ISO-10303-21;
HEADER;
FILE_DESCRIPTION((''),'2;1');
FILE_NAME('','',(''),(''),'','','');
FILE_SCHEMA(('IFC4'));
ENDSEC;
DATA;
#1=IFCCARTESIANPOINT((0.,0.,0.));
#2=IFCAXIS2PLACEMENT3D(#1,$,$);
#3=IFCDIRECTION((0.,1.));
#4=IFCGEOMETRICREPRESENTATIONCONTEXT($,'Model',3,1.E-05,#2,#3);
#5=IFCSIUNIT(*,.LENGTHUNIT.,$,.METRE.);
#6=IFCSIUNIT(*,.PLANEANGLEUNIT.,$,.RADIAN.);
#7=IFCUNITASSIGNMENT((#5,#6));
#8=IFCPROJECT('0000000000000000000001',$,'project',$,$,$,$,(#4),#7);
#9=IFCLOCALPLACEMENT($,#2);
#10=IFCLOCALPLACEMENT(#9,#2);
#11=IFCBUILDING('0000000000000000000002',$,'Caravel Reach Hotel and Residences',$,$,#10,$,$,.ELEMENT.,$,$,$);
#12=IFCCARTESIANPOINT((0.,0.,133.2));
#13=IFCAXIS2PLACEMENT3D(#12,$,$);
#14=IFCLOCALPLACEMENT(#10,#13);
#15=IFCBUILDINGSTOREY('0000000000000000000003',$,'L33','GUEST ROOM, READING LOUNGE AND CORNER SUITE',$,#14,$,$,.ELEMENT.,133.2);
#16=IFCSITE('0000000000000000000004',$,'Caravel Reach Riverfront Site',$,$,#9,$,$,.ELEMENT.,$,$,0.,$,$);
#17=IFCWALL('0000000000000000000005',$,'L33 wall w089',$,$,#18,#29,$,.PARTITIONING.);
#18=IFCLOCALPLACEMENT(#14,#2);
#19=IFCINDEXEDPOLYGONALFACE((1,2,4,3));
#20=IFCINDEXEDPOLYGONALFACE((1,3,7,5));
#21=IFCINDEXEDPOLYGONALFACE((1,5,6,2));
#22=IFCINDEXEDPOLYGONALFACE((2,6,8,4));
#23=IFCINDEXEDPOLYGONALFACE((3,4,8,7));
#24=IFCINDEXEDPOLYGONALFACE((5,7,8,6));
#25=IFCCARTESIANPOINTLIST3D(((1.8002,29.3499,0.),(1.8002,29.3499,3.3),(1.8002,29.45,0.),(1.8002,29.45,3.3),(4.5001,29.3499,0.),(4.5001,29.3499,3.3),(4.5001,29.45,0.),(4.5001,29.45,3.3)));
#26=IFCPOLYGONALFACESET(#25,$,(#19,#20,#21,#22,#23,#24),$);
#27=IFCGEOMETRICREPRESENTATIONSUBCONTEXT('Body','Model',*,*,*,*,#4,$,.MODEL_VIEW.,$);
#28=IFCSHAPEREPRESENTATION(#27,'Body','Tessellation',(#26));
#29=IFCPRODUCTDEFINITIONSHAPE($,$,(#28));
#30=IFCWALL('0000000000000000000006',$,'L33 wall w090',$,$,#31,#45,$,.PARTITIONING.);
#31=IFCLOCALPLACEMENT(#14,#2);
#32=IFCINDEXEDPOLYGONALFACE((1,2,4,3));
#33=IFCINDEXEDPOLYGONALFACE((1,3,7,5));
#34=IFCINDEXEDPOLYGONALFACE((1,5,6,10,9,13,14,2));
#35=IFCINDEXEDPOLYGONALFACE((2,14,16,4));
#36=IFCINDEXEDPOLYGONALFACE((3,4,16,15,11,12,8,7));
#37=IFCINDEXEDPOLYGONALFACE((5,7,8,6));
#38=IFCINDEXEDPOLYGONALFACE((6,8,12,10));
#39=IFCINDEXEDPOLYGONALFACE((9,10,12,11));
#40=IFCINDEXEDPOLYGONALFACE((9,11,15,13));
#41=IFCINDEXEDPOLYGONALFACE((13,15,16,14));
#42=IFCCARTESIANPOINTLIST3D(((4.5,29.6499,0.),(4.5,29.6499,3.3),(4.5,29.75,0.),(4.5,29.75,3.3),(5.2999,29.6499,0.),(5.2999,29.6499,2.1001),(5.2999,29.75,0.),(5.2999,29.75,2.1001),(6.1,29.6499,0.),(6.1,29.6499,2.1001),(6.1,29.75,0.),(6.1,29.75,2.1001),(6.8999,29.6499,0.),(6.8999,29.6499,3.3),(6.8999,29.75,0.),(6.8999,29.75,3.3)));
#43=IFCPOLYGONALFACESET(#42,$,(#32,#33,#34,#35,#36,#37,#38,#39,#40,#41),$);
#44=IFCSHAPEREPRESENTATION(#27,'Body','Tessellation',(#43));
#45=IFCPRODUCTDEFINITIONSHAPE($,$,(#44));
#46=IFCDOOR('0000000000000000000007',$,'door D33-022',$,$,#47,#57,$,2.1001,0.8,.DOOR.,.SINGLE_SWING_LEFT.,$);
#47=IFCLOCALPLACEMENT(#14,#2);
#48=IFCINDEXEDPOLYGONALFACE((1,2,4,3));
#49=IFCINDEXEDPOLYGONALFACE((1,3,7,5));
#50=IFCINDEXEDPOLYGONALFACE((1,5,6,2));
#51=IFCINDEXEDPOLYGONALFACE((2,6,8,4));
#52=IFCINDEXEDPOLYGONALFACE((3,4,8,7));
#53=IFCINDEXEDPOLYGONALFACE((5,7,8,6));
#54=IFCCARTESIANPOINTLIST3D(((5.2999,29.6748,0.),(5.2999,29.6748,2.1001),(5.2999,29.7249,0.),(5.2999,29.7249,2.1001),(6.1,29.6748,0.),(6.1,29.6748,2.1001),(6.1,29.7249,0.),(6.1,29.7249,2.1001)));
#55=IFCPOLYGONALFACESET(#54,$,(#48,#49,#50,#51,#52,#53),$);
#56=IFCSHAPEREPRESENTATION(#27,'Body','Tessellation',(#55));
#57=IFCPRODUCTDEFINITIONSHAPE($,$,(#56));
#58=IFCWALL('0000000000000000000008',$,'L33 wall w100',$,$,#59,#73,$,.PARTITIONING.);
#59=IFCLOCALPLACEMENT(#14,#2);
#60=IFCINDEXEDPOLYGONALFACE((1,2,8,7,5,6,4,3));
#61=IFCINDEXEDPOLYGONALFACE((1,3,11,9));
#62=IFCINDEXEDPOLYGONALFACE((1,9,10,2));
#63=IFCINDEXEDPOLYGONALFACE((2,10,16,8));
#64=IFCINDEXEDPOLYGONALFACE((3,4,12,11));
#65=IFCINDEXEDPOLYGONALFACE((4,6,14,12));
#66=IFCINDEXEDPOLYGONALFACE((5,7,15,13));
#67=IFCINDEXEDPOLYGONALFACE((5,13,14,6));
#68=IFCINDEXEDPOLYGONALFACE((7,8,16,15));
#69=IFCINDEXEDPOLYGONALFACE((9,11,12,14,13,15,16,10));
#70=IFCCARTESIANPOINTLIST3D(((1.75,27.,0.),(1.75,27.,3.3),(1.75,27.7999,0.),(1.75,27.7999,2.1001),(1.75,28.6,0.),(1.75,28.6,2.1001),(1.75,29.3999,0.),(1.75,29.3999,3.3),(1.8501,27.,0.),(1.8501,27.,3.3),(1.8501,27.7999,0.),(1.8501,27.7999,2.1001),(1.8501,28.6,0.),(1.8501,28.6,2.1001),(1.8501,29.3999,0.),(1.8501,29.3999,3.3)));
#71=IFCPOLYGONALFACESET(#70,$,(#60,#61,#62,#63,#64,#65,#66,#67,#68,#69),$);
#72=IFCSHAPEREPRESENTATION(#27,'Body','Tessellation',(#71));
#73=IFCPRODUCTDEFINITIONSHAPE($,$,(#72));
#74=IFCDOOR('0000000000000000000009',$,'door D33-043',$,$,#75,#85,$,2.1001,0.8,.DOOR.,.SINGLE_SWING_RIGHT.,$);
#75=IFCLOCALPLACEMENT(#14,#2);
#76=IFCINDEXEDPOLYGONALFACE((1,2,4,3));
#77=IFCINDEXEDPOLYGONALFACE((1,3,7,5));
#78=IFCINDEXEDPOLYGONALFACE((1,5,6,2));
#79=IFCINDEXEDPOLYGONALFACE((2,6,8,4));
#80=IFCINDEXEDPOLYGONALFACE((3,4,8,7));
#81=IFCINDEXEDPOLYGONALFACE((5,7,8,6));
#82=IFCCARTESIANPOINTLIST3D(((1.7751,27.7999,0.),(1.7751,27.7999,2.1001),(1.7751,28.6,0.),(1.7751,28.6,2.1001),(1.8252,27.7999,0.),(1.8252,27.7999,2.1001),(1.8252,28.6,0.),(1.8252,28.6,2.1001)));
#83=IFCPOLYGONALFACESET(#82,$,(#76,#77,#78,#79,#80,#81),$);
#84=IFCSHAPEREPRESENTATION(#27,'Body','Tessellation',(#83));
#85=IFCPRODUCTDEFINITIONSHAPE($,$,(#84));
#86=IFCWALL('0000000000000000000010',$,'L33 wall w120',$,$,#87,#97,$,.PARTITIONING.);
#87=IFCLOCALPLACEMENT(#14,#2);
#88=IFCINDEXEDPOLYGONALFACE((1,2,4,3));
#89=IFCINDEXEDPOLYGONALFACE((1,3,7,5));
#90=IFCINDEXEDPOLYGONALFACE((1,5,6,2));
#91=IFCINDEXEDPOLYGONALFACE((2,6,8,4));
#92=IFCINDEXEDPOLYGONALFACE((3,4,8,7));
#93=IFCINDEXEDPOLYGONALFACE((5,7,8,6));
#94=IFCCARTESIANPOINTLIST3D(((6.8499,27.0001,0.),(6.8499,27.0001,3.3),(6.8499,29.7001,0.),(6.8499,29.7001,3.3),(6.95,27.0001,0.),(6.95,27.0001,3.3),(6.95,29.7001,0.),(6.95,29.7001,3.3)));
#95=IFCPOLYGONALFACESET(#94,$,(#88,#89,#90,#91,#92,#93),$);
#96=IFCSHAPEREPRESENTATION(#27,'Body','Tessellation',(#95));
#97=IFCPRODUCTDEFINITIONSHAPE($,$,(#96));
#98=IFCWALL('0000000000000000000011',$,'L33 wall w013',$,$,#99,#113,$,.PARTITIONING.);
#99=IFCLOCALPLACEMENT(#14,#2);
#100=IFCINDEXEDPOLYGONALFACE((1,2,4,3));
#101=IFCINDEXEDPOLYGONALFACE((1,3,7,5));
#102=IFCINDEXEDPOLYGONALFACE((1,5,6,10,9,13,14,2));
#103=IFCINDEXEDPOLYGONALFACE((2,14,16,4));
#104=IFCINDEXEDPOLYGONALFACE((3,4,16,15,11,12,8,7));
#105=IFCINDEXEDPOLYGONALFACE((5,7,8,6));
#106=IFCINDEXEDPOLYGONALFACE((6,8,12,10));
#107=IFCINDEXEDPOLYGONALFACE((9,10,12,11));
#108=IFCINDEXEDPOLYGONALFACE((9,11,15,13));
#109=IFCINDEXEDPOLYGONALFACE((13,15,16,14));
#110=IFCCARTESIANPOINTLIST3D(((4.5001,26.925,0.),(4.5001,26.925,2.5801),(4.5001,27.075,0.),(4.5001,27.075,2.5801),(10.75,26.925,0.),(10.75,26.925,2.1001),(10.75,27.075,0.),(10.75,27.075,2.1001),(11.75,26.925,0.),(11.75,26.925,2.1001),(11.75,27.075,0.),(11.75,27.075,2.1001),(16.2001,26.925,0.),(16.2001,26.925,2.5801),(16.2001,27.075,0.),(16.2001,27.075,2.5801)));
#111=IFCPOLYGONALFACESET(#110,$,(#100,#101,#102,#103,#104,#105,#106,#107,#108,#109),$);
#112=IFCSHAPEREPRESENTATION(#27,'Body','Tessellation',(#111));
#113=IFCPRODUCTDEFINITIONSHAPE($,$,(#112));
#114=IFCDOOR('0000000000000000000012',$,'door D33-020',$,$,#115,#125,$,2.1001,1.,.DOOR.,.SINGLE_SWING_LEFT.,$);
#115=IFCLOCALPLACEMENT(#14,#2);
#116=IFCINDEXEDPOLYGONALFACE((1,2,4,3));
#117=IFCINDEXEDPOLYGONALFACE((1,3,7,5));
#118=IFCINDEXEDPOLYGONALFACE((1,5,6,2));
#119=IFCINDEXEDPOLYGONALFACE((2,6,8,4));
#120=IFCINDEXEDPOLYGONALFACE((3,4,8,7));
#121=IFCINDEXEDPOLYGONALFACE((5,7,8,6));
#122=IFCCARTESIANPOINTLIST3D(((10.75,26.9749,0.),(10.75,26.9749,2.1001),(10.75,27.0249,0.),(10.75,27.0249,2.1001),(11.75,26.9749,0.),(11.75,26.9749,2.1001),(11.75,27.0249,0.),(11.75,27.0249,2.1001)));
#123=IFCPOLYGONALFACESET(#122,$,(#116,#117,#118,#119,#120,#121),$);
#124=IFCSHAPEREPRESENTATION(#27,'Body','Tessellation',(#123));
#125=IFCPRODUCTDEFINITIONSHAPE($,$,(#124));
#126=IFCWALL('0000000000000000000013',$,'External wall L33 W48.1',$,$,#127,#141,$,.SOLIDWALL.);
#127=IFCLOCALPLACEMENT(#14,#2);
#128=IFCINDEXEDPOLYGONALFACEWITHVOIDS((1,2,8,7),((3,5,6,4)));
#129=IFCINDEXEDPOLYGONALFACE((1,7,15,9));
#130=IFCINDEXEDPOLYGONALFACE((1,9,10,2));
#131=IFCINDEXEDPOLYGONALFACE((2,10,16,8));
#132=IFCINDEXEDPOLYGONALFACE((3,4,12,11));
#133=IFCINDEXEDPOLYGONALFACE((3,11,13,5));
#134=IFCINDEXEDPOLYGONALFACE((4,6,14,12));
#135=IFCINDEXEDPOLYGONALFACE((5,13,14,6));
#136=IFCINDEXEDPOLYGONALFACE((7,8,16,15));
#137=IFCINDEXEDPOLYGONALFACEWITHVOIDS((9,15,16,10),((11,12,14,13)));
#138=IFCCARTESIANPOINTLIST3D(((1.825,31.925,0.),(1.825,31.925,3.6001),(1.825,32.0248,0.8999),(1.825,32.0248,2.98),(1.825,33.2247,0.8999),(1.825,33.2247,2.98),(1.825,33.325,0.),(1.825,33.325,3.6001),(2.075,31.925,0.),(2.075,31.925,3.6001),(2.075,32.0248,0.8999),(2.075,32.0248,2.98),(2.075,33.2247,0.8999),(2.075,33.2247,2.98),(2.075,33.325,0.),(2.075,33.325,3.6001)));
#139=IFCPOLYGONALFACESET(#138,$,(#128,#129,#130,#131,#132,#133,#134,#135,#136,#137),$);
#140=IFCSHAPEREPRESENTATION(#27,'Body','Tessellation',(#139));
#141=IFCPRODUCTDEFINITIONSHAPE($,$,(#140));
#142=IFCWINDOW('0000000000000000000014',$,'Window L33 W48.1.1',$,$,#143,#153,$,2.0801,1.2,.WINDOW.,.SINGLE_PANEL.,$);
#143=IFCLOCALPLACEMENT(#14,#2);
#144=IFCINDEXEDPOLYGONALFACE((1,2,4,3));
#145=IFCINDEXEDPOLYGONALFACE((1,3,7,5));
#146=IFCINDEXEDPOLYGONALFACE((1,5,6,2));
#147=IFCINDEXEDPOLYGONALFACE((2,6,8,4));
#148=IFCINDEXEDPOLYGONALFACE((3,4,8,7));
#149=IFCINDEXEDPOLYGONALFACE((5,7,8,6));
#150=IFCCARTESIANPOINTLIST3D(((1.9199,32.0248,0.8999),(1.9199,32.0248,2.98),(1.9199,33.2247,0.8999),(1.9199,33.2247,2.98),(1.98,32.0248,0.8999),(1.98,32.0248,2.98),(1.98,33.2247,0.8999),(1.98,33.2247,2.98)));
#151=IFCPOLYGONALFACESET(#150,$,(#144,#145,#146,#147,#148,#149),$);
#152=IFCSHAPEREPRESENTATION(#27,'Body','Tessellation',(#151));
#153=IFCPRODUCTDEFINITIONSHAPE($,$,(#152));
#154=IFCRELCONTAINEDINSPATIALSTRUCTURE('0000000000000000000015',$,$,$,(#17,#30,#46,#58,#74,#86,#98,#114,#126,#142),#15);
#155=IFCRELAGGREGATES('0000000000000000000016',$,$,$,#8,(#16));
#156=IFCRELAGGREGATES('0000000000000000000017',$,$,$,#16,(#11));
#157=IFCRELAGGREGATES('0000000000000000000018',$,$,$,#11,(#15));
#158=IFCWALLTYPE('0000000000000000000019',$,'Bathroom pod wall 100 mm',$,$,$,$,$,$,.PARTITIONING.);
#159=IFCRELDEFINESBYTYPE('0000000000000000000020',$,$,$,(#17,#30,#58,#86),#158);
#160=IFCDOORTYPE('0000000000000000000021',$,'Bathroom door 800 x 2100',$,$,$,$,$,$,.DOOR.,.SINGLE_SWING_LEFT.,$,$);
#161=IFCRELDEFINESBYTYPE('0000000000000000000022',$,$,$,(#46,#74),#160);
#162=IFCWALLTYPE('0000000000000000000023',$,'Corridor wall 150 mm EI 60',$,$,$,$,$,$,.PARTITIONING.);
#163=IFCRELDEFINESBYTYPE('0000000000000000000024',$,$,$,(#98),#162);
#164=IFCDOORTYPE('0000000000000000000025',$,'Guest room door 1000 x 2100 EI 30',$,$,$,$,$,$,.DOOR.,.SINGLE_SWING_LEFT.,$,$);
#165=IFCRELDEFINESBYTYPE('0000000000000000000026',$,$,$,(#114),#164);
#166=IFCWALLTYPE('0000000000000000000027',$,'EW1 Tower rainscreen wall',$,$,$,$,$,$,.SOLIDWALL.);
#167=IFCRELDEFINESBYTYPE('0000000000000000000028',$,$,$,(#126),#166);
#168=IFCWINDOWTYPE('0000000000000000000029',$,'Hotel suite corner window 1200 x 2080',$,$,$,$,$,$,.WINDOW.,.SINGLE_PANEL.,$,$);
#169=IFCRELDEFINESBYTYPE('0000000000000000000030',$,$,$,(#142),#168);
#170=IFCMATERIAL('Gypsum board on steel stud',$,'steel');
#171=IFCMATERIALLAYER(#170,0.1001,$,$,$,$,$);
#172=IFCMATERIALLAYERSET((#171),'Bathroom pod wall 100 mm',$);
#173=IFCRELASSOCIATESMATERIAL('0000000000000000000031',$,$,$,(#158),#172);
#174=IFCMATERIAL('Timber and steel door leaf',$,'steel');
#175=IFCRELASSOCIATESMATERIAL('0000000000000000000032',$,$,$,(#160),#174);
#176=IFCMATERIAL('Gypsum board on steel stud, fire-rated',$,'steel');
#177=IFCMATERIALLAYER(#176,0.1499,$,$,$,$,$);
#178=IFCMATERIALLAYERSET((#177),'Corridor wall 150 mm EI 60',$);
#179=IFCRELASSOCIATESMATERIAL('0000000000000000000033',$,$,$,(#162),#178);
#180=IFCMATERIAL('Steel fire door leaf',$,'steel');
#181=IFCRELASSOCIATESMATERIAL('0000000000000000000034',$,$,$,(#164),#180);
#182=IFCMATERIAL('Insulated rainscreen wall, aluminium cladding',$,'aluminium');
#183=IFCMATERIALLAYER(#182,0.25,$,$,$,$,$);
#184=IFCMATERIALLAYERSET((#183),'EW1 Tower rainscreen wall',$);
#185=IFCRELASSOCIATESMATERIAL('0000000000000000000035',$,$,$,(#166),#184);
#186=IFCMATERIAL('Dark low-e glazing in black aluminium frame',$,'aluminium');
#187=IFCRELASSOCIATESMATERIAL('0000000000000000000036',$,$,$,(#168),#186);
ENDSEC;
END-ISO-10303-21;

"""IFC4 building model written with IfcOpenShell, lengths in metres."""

from ifc_helpers import new_model, si_unit, direction, frame, frame_2d, origin, place, context, subcontext, project, spatial, rectangle, extrude, material, layer, layer_set, type_object, element, fill, save


model = new_model("IFC4")

# Units and contexts
model_context = context("Model", 3, precision=1e-05, world=origin(), true_north=direction((0.0, 1.0)))
body_context = subcontext(model_context, "Body", "Model", "MODEL_VIEW")
ifc_project = project(units=[si_unit("LENGTHUNIT", "METRE"), si_unit("PLANEANGLEUNIT", "RADIAN")], contexts=[model_context])

# Site, building, storey
site_placement = place(None, origin())
site = spatial("IfcSite", under=ifc_project, at=site_placement, Name="Caravel Reach Riverfront Site", CompositionType="ELEMENT", RefElevation=0.0)
building_placement = place(site_placement, origin())
building = spatial("IfcBuilding", under=site, at=building_placement, Name="Caravel Reach Hotel and Residences", CompositionType="ELEMENT")
storey_placement = place(building_placement, frame((0.0, 0.0, 133.2)))
storey = spatial("IfcBuildingStorey", under=building, at=storey_placement, Name="L33", Description="GUEST ROOM, READING LOUNGE AND CORNER SUITE", CompositionType="ELEMENT", Elevation=133.2)

# Wall
ifc_material_1 = material(Name="Gypsum board on steel stud", Category="steel")
ifc_layer_1 = layer(ifc_material_1, 0.1001)
ifc_layer_set_1 = layer_set([ifc_layer_1], Name="Bathroom pod wall 100 mm")
wall_type_1 = type_object("IfcWallType", Name="Bathroom pod wall 100 mm", PredefinedType="PARTITIONING", material=ifc_layer_set_1)
wall_1_placement = place(storey_placement, frame((1.8, 29.3999, 0.0), z_axis=(0.0, 0.0, 1.0), x_axis=(1.0, 0.0, 0.0)))
element("IfcWall", 1, at=wall_1_placement, inside=storey, type_object=wall_type_1, Name="L33 wall w089", PredefinedType="PARTITIONING", context=body_context, shape_type="SweptSolid", body=[
    extrude(rectangle(XDim=2.7, YDim=0.1001, at=frame_2d((1.3501, 0.0))), origin(), (0.0, 0.0, 1.0), 3.3),
])

# Walls, openings, doors
wall_2_placement = place(storey_placement, frame((4.5, 29.7, 0.0), z_axis=(0.0, 0.0, 1.0), x_axis=(1.0, 0.0, 0.0)))
wall_2 = element("IfcWall", 2, at=wall_2_placement, inside=storey, type_object=wall_type_1, Name="L33 wall w090", PredefinedType="PARTITIONING", context=body_context, shape_type="SweptSolid", body=[
    extrude(rectangle(XDim=2.3999, YDim=0.1001, at=frame_2d((1.2, 0.0))), origin(), (0.0, 0.0, 1.0), 3.3),
])
opening_1_placement = place(wall_2_placement, frame((0.8, 0.0, 0.0)))
opening_1 = element("IfcOpeningElement", 3, at=opening_1_placement, cuts=wall_2, PredefinedType="OPENING", context=body_context, shape_type="SweptSolid", body=[
    extrude(rectangle(XDim=0.8, YDim=2.1001, at=frame_2d((0.3999, 1.05))), frame((0.0, 0.0601, 0.0), z_axis=(0.0, -1.0, 0.0), x_axis=(1.0, 0.0, 0.0)), (0.0, 0.0, 1.0), 0.1201),
])
ifc_material_2 = material(Name="Timber and steel door leaf", Category="steel")
door_type_1 = type_object("IfcDoorType", Name="Bathroom door 800 x 2100", OperationType="SINGLE_SWING_LEFT", PredefinedType="DOOR", material=ifc_material_2)
door_1_placement = place(opening_1_placement, origin())
door_1 = element("IfcDoor", 4, at=door_1_placement, inside=storey, type_object=door_type_1, Name="door D33-022", OperationType="SINGLE_SWING_LEFT", OverallHeight=2.1001, OverallWidth=0.8, PredefinedType="DOOR", context=body_context, shape_type="SweptSolid", body=[
    extrude(rectangle(XDim=0.8, YDim=2.1001, at=frame_2d((0.3999, 1.05))), frame((0.0, 0.0249, 0.0), z_axis=(0.0, -1.0, 0.0), x_axis=(1.0, 0.0, 0.0)), (0.0, 0.0, 1.0), 0.05),
])
fill(opening_1, door_1)
wall_3_placement = place(storey_placement, frame((1.8, 27.0, 0.0), z_axis=(0.0, 0.0, 1.0), x_axis=(0.0, 1.0, 0.0)))
wall_3 = element("IfcWall", 5, at=wall_3_placement, inside=storey, type_object=wall_type_1, Name="L33 wall w100", PredefinedType="PARTITIONING", context=body_context, shape_type="SweptSolid", body=[
    extrude(rectangle(XDim=2.3999, YDim=0.1001, at=frame_2d((1.2, 0.0))), origin(), (0.0, 0.0, 1.0), 3.3),
])
opening_2_placement = place(wall_3_placement, frame((0.8, 0.0, 0.0)))
opening_2 = element("IfcOpeningElement", 6, at=opening_2_placement, cuts=wall_3, PredefinedType="OPENING", context=body_context, shape_type="SweptSolid", body=[
    extrude(rectangle(XDim=0.8, YDim=2.1001, at=frame_2d((0.3999, 1.05))), frame((0.0, 0.0601, 0.0), z_axis=(0.0, -1.0, 0.0), x_axis=(1.0, 0.0, 0.0)), (0.0, 0.0, 1.0), 0.1201),
])
door_2_placement = place(opening_2_placement, origin())
door_2 = element("IfcDoor", 7, at=door_2_placement, inside=storey, type_object=door_type_1, Name="door D33-043", OperationType="SINGLE_SWING_RIGHT", OverallHeight=2.1001, OverallWidth=0.8, PredefinedType="DOOR", context=body_context, shape_type="SweptSolid", body=[
    extrude(rectangle(XDim=0.8, YDim=2.1001, at=frame_2d((0.3999, 1.05))), frame((0.0, 0.0249, 0.0), z_axis=(0.0, -1.0, 0.0), x_axis=(1.0, 0.0, 0.0)), (0.0, 0.0, 1.0), 0.05),
])
fill(opening_2, door_2)

# Wall
wall_4_placement = place(storey_placement, frame((6.8999, 27.0, 0.0), z_axis=(0.0, 0.0, 1.0), x_axis=(0.0, 1.0, 0.0)))
element("IfcWall", 8, at=wall_4_placement, inside=storey, type_object=wall_type_1, Name="L33 wall w120", PredefinedType="PARTITIONING", context=body_context, shape_type="SweptSolid", body=[
    extrude(rectangle(XDim=2.7, YDim=0.1001, at=frame_2d((1.3501, 0.0))), origin(), (0.0, 0.0, 1.0), 3.3),
])

# Wall, opening, door
ifc_material_3 = material(Name="Gypsum board on steel stud, fire-rated", Category="steel")
ifc_layer_2 = layer(ifc_material_3, 0.1499)
ifc_layer_set_2 = layer_set([ifc_layer_2], Name="Corridor wall 150 mm EI 60")
wall_type_2 = type_object("IfcWallType", Name="Corridor wall 150 mm EI 60", PredefinedType="PARTITIONING", material=ifc_layer_set_2)
wall_5_placement = place(storey_placement, frame((4.5, 27.0, 0.0), z_axis=(0.0, 0.0, 1.0), x_axis=(1.0, 0.0, 0.0)))
wall_5 = element("IfcWall", 9, at=wall_5_placement, inside=storey, type_object=wall_type_2, Name="L33 wall w013", PredefinedType="PARTITIONING", context=body_context, shape_type="SweptSolid", body=[
    extrude(rectangle(XDim=11.7, YDim=0.1499, at=frame_2d((5.8501, 0.0))), origin(), (0.0, 0.0, 1.0), 2.5801),
])
opening_3_placement = place(wall_5_placement, frame((6.25, 0.0, 0.0)))
opening_3 = element("IfcOpeningElement", 10, at=opening_3_placement, cuts=wall_5, PredefinedType="OPENING", context=body_context, shape_type="SweptSolid", body=[
    extrude(rectangle(XDim=1.0, YDim=2.1001, at=frame_2d((0.5, 1.05))), frame((0.0, 0.085, 0.0), z_axis=(0.0, -1.0, 0.0), x_axis=(1.0, 0.0, 0.0)), (0.0, 0.0, 1.0), 0.1699),
])
ifc_material_4 = material(Name="Steel fire door leaf", Category="steel")
door_type_2 = type_object("IfcDoorType", Name="Guest room door 1000 x 2100 EI 30", OperationType="SINGLE_SWING_LEFT", PredefinedType="DOOR", material=ifc_material_4)
door_3_placement = place(opening_3_placement, origin())
door_3 = element("IfcDoor", 11, at=door_3_placement, inside=storey, type_object=door_type_2, Name="door D33-020", OperationType="SINGLE_SWING_LEFT", OverallHeight=2.1001, OverallWidth=1.0, PredefinedType="DOOR", context=body_context, shape_type="SweptSolid", body=[
    extrude(rectangle(XDim=1.0, YDim=2.1001, at=frame_2d((0.5, 1.05))), frame((0.0, 0.0249, 0.0), z_axis=(0.0, -1.0, 0.0), x_axis=(1.0, 0.0, 0.0)), (0.0, 0.0, 1.0), 0.05),
])
fill(opening_3, door_3)

# Wall, opening, window
ifc_material_5 = material(Name="Insulated rainscreen wall, aluminium cladding", Category="aluminium")
ifc_layer_3 = layer(ifc_material_5, 0.25)
ifc_layer_set_3 = layer_set([ifc_layer_3], Name="EW1 Tower rainscreen wall")
wall_type_3 = type_object("IfcWallType", Name="EW1 Tower rainscreen wall", PredefinedType="SOLIDWALL", material=ifc_layer_set_3)
wall_6_placement = place(storey_placement, frame((1.95, 33.325, 0.0), z_axis=(0.0, 0.0, 1.0), x_axis=(0.0, -1.0, 0.0)))
wall_6 = element("IfcWall", 12, at=wall_6_placement, inside=storey, type_object=wall_type_3, Name="External wall L33 W48.1", PredefinedType="SOLIDWALL", context=body_context, shape_type="SweptSolid", body=[
    extrude(rectangle(XDim=1.3999, YDim=0.25, at=frame_2d((0.7, 0.0))), origin(), (0.0, 0.0, 1.0), 3.6001),
])
opening_4_placement = place(wall_6_placement, frame((0.1001, 0.0, 0.8999)))
opening_4 = element("IfcOpeningElement", 13, at=opening_4_placement, cuts=wall_6, PredefinedType="OPENING", context=body_context, shape_type="SweptSolid", body=[
    extrude(rectangle(XDim=1.2, YDim=2.0801, at=frame_2d((0.6001, 1.04))), frame((0.0, 0.135, 0.0), z_axis=(0.0, -1.0, 0.0), x_axis=(1.0, 0.0, 0.0)), (0.0, 0.0, 1.0), 0.27),
])
ifc_material_6 = material(Name="Dark low-e glazing in black aluminium frame", Category="aluminium")
window_type_1 = type_object("IfcWindowType", Name="Hotel suite corner window 1200 x 2080", PartitioningType="SINGLE_PANEL", PredefinedType="WINDOW", material=ifc_material_6)
window_1_placement = place(opening_4_placement, origin())
window_1 = element("IfcWindow", 14, at=window_1_placement, inside=storey, type_object=window_type_1, Name="Window L33 W48.1.1", OverallHeight=2.0801, OverallWidth=1.2, PartitioningType="SINGLE_PANEL", PredefinedType="WINDOW", context=body_context, shape_type="SweptSolid", body=[
    extrude(rectangle(XDim=1.2, YDim=2.0801, at=frame_2d((0.6001, 1.04))), frame((0.0, 0.03, 0.0), z_axis=(0.0, -1.0, 0.0), x_axis=(1.0, 0.0, 0.0)), (0.0, 0.0, 1.0), 0.0601),
])
fill(opening_4, window_1)

save(model, "model.ifc")
